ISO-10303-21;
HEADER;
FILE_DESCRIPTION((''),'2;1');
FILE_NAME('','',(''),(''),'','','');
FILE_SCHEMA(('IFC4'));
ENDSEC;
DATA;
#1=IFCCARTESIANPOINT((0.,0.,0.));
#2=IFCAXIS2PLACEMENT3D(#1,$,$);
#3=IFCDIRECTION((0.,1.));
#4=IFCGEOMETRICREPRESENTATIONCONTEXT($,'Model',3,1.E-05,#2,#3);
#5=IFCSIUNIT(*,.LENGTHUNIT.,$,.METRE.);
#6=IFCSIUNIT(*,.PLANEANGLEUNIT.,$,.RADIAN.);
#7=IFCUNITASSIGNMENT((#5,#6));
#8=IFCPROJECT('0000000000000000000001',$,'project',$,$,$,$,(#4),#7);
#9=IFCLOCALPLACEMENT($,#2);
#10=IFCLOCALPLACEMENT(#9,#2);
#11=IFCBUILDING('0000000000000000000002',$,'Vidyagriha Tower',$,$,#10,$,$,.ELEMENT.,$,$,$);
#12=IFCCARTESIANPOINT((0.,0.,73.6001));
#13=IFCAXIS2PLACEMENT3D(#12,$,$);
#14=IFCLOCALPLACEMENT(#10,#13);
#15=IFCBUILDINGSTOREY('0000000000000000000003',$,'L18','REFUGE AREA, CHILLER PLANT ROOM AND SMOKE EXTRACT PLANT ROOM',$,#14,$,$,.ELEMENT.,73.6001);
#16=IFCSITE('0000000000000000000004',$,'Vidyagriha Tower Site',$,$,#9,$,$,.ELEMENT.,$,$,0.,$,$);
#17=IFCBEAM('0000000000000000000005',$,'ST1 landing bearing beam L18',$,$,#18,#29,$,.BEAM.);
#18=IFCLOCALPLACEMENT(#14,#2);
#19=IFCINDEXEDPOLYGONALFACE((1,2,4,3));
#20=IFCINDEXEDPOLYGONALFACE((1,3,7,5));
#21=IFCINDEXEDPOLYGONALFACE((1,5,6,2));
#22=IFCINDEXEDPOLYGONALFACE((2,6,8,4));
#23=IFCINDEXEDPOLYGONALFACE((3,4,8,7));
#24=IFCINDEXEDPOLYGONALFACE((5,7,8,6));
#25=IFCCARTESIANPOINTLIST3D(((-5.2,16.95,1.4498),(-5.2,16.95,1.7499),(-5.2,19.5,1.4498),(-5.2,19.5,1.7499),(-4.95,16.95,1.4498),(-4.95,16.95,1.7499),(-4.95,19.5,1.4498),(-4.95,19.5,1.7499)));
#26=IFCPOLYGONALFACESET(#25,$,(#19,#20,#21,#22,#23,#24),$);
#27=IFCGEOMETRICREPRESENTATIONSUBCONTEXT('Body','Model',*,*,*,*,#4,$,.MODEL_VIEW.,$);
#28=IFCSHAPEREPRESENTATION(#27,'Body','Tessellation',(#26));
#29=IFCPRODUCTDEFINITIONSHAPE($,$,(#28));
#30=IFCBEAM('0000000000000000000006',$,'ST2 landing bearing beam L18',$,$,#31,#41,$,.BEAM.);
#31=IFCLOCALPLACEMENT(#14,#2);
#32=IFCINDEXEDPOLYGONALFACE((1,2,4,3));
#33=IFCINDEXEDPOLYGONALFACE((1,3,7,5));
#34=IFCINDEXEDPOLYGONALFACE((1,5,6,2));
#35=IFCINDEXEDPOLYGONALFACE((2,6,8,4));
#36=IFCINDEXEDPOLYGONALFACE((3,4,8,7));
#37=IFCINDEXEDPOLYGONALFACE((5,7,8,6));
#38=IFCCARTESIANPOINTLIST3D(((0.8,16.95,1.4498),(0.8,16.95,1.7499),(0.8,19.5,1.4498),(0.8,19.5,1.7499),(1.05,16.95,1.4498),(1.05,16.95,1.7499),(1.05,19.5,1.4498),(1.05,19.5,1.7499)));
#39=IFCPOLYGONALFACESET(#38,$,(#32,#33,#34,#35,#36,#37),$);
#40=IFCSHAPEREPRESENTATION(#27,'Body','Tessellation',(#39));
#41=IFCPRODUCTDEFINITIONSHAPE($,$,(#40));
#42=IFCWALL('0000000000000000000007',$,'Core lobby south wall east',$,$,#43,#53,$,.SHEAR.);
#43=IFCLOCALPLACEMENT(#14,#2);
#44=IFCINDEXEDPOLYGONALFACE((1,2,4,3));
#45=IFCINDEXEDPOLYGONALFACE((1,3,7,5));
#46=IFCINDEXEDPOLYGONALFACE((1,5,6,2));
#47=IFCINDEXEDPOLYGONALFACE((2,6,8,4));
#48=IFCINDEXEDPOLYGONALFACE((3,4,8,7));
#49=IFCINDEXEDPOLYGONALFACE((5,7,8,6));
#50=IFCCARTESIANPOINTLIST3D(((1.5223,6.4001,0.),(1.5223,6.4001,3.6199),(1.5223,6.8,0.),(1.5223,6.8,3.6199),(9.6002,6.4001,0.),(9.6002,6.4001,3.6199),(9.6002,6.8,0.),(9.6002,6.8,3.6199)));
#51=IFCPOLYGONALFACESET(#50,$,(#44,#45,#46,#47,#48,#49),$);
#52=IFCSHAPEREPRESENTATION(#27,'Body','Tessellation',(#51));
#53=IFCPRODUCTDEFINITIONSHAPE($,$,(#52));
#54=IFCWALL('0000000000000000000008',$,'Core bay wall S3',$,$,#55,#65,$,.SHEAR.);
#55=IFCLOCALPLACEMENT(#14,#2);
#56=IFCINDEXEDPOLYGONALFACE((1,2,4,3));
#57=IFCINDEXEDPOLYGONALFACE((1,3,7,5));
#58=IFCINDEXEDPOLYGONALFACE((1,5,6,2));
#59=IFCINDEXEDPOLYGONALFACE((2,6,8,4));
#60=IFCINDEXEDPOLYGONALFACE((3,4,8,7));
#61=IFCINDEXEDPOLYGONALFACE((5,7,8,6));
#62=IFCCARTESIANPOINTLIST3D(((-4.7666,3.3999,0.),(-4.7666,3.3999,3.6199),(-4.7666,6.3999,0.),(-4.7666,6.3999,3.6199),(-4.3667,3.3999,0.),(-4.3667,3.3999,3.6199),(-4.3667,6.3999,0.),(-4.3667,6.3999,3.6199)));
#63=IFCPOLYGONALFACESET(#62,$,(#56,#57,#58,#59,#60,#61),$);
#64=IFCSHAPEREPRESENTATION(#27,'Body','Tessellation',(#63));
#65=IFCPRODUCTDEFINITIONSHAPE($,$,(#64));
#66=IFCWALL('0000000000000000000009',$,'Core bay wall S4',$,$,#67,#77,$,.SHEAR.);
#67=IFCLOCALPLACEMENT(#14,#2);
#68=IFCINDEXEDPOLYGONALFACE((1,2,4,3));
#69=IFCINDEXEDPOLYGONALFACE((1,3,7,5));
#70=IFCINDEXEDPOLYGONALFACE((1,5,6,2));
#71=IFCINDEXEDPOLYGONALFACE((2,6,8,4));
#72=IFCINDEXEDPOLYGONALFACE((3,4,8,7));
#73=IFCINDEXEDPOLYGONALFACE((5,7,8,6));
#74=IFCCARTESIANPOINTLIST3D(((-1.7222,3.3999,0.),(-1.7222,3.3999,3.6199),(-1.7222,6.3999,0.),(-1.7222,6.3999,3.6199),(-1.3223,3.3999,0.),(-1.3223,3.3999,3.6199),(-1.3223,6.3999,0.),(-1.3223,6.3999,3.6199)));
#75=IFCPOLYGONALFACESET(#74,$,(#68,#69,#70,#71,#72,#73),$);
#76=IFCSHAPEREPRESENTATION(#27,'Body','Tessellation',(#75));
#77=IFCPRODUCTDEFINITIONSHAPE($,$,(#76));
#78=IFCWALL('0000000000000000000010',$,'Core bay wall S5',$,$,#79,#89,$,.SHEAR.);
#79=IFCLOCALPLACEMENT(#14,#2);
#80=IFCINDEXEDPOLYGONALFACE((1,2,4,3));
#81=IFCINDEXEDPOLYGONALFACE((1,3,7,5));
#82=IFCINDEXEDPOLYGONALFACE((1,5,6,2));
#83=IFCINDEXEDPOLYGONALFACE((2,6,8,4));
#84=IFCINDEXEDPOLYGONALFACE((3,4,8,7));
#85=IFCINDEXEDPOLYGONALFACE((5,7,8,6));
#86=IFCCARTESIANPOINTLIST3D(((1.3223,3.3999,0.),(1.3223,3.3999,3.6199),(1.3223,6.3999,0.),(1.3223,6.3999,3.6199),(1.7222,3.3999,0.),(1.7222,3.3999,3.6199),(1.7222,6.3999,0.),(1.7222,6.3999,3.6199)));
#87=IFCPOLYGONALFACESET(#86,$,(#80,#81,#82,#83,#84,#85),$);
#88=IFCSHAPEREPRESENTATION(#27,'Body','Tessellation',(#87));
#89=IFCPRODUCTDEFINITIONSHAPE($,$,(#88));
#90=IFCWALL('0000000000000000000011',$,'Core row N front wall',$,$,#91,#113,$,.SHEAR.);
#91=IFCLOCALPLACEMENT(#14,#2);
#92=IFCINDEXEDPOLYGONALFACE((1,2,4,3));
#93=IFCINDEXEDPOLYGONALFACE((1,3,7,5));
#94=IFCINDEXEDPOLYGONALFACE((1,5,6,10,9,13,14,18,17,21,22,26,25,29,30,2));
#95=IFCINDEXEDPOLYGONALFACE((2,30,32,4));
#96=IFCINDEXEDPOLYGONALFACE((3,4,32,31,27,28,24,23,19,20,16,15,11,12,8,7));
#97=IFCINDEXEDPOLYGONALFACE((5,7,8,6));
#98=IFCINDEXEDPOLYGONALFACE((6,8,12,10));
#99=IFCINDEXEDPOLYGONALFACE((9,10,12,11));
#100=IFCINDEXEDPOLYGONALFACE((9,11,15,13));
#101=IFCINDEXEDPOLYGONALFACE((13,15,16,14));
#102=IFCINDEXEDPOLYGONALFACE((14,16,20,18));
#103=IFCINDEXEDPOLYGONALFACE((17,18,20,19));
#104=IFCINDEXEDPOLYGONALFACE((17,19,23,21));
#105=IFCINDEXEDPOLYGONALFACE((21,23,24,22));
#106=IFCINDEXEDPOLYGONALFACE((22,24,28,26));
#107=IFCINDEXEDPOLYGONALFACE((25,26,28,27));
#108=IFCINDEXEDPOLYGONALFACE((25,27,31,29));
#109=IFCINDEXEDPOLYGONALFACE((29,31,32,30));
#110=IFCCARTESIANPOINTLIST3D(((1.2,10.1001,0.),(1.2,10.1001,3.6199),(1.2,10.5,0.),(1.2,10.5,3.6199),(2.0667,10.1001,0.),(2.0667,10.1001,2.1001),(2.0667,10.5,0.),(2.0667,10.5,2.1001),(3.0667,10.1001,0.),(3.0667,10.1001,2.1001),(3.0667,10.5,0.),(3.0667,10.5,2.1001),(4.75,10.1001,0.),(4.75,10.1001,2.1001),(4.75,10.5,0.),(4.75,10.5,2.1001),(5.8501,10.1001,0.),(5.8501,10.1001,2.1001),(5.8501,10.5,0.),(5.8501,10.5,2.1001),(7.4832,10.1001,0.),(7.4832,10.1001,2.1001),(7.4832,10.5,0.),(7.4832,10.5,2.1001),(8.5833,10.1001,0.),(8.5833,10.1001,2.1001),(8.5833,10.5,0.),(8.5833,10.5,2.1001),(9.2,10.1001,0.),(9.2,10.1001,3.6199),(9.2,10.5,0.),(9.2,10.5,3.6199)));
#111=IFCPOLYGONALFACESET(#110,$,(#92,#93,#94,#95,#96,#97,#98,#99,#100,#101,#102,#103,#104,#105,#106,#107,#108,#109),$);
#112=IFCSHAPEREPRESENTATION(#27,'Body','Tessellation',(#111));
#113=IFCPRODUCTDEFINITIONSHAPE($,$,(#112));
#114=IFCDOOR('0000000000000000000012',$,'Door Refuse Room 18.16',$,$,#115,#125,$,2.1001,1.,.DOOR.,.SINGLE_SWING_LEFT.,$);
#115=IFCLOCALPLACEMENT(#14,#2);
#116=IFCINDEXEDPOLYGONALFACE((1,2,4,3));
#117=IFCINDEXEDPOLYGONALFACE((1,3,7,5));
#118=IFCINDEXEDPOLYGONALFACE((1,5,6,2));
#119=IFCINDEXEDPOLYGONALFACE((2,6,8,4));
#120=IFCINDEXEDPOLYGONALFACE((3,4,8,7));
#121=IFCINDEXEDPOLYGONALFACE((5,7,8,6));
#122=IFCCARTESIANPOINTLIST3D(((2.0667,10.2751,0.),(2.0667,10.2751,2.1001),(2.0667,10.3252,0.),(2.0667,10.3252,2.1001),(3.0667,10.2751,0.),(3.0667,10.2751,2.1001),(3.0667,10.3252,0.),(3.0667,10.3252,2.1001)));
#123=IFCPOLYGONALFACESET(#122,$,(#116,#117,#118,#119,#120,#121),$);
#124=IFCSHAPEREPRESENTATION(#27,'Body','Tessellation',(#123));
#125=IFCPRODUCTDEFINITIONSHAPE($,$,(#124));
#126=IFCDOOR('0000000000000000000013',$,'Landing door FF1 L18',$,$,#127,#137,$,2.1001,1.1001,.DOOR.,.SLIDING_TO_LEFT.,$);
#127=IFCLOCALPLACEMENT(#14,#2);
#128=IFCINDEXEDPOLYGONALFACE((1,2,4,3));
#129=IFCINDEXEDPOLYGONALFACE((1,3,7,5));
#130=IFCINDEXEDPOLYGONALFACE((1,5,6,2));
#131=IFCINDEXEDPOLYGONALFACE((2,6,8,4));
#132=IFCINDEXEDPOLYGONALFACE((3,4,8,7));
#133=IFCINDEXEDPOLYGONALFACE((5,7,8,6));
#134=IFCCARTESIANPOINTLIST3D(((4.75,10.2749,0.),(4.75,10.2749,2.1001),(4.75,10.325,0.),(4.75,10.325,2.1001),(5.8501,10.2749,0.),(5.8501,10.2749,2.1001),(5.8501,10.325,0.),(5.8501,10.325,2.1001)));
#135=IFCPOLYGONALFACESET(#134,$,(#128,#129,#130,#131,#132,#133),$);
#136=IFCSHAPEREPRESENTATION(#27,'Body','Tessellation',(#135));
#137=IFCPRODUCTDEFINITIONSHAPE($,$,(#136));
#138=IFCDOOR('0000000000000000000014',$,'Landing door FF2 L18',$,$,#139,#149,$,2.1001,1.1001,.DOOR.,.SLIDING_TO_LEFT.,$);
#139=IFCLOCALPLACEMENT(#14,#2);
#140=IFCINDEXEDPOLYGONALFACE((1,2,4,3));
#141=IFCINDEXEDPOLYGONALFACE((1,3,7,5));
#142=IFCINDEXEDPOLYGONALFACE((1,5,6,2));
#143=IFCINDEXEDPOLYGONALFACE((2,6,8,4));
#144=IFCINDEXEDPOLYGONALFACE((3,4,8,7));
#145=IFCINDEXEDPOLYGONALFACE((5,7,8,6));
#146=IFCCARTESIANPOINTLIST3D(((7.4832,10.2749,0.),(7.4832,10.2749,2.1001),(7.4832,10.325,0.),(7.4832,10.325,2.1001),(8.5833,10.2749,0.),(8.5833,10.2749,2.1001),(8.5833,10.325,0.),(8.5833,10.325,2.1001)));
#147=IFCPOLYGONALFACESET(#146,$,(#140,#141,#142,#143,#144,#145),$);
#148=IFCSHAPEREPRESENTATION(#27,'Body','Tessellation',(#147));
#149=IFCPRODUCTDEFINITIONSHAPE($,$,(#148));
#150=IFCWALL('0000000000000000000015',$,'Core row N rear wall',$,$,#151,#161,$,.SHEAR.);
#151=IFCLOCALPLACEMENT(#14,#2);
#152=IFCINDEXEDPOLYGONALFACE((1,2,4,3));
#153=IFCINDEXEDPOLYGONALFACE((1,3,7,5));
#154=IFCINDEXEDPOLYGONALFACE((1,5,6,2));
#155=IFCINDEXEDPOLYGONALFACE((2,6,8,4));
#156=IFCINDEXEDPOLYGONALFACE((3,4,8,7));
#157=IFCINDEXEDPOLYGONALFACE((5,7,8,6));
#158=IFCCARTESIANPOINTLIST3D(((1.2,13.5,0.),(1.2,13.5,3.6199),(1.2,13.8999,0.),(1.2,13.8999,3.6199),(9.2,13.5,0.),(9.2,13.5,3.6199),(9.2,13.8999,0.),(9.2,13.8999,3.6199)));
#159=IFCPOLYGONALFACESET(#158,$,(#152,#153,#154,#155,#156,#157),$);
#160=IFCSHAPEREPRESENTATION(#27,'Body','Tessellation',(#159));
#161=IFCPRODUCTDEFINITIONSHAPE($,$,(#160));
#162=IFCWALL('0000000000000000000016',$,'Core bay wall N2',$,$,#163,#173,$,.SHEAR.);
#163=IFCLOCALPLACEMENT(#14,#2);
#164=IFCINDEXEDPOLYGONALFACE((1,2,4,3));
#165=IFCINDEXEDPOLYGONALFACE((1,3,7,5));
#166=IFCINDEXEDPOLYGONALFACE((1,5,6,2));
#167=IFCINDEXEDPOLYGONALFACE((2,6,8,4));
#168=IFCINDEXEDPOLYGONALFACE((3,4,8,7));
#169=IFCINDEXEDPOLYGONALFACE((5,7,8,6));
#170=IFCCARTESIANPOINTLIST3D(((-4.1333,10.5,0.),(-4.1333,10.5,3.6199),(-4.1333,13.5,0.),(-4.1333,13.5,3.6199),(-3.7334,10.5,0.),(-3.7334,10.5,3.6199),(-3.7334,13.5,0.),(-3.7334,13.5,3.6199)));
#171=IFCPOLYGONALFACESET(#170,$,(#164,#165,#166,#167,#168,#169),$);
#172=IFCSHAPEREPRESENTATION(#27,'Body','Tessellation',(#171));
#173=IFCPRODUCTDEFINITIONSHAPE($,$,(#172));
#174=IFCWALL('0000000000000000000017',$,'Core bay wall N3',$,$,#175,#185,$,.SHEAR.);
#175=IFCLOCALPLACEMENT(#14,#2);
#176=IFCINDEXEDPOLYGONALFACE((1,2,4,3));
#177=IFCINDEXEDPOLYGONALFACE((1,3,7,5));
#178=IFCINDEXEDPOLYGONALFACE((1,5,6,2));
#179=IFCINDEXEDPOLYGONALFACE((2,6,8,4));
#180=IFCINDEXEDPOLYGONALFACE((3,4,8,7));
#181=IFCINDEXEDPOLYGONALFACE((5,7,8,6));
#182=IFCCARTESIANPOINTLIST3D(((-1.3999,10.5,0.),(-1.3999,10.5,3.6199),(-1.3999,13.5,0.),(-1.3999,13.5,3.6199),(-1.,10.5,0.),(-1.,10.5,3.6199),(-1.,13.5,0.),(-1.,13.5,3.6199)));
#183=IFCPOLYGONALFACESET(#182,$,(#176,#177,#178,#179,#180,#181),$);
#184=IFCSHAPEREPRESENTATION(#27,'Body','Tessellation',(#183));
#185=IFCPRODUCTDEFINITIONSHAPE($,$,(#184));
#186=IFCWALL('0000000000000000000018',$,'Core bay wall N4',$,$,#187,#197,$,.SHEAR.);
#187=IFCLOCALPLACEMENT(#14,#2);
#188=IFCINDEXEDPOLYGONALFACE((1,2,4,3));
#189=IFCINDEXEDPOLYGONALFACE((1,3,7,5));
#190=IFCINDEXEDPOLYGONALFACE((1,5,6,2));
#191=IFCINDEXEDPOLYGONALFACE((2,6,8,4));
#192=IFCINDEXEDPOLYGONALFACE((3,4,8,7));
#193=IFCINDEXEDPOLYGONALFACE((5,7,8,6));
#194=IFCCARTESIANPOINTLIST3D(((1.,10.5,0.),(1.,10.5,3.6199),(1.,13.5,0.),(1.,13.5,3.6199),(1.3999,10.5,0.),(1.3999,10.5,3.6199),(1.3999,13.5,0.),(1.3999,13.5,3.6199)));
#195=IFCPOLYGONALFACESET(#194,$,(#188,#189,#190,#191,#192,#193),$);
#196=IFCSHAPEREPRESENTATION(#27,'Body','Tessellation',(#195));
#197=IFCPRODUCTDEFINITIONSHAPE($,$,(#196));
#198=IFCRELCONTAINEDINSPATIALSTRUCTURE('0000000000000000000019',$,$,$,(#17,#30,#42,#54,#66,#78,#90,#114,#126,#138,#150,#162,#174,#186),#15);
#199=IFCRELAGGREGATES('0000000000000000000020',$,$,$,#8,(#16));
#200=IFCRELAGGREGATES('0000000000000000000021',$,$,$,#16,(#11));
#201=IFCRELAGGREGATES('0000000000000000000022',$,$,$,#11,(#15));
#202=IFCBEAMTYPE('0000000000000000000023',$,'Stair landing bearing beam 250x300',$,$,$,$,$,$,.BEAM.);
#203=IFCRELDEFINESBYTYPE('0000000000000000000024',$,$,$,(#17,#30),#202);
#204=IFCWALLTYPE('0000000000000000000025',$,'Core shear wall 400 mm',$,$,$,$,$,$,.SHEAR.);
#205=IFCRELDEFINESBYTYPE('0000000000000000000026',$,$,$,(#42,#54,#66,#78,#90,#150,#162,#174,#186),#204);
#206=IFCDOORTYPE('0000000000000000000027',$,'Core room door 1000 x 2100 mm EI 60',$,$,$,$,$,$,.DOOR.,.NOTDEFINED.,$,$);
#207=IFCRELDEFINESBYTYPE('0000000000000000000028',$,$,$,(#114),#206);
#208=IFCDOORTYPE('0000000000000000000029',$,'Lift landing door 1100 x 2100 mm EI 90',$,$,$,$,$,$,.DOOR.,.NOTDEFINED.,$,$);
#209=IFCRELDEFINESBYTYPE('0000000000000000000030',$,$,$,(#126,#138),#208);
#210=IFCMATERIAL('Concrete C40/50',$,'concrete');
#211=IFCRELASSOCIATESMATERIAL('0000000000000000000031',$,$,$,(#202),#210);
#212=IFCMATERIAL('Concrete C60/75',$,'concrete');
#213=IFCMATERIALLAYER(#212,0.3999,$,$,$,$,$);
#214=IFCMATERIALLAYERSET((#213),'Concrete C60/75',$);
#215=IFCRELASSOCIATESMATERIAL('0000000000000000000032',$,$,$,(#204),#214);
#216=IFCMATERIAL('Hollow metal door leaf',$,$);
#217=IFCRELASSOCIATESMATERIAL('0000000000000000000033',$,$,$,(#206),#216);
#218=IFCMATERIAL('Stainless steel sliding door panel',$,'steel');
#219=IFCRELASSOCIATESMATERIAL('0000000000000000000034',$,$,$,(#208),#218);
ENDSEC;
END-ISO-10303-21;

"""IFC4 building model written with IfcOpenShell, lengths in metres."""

from ifc_helpers import new_model, si_unit, direction, frame, frame_2d, origin, origin_2d, place, context, subcontext, project, spatial, rectangle, extrude, material, layer, layer_set, material_profile, profile_set, type_object, element, fill, save


model = new_model("IFC4")

# Units and contexts
model_context = context("Model", 3, precision=1e-05, world=origin(), true_north=direction((0.0, 1.0)))
body_context = subcontext(model_context, "Body", "Model", "MODEL_VIEW")
ifc_project = project(units=[si_unit("LENGTHUNIT", "METRE"), si_unit("PLANEANGLEUNIT", "RADIAN")], contexts=[model_context])

# Site, building, storey
site_placement = place(None, origin())
site = spatial("IfcSite", under=ifc_project, at=site_placement, Name="Vidyagriha Tower Site", CompositionType="ELEMENT", RefElevation=0.0)
building_placement = place(site_placement, origin())
building = spatial("IfcBuilding", under=site, at=building_placement, Name="Vidyagriha Tower", CompositionType="ELEMENT")
storey_placement = place(building_placement, frame((0.0, 0.0, 73.6001)))
storey = spatial("IfcBuildingStorey", under=building, at=storey_placement, Name="L18", Description="REFUGE AREA, CHILLER PLANT ROOM AND SMOKE EXTRACT PLANT ROOM", CompositionType="ELEMENT", Elevation=73.6001)

# Beams
ifc_material_1 = material(Name="Concrete C40/50", Category="concrete")
ifc_material_profile = material_profile(ifc_material_1, rectangle(XDim=0.25, YDim=0.3, at=origin_2d()), Name="Stair landing bearing beam 250x300")
ifc_profile_set = profile_set([ifc_material_profile], Name="Concrete C40/50")
beam_type = type_object("IfcBeamType", Name="Stair landing bearing beam 250x300", PredefinedType="BEAM", material=ifc_profile_set)
for number, where, z_axis, x_axis, name in (
    (1, (-5.075, 16.95, 1.5999), (0.0, 1.0, 0.0), (-1.0, 0.0, 0.0), "ST1 landing bearing beam L18"),
    (2, (0.925, 16.95, 1.5999), (0.0, 1.0, 0.0), (-1.0, 0.0, 0.0), "ST2 landing bearing beam L18"),
):
    element("IfcBeam", number, at=place(storey_placement, frame(where, z_axis=z_axis, x_axis=x_axis)), inside=storey, type_object=beam_type, Name=name, PredefinedType="BEAM", context=body_context, shape_type="SweptSolid", body=[
        extrude(rectangle(XDim=0.25, YDim=0.3, at=origin_2d()), origin(), (0.0, 0.0, 1.0), 2.55),
    ])

# Walls
ifc_material_2 = material(Name="Concrete C60/75", Category="concrete")
ifc_layer_1 = layer(ifc_material_2, 0.3999)
ifc_layer_set_1 = layer_set([ifc_layer_1], Name="Concrete C60/75")
wall_type_1 = type_object("IfcWallType", Name="Core shear wall 400 mm", PredefinedType="SHEAR", material=ifc_layer_set_1)
wall_1_placement = place(storey_placement, frame((1.5222, 6.6001, 0.0)))
element("IfcWall", 3, at=wall_1_placement, inside=storey, type_object=wall_type_1, Name="Core lobby south wall east", PredefinedType="SHEAR", context=body_context, shape_type="SweptSolid", body=[
    extrude(rectangle(XDim=8.0779, YDim=0.3999, at=frame_2d((4.0391, 0.0))), origin(), (0.0, 0.0, 1.0), 3.6199),
])
for number, where, z_axis, x_axis, name in (
    (4, (-4.5667, 3.3999, 0.0), (0.0, 0.0, 1.0), (0.0, 1.0, 0.0), "Core bay wall S3"),
    (5, (-1.5222, 3.3999, 0.0), (0.0, 0.0, 1.0), (0.0, 1.0, 0.0), "Core bay wall S4"),
    (6, (1.5222, 3.3999, 0.0), (0.0, 0.0, 1.0), (0.0, 1.0, 0.0), "Core bay wall S5"),
):
    element("IfcWall", number, at=place(storey_placement, frame(where, z_axis=z_axis, x_axis=x_axis)), inside=storey, type_object=wall_type_1, Name=name, PredefinedType="SHEAR", context=body_context, shape_type="SweptSolid", body=[
        extrude(rectangle(XDim=3.0, YDim=0.3999, at=frame_2d((1.5, 0.0))), origin(), (0.0, 0.0, 1.0), 3.6199),
    ])

# Wall, openings, doors
wall_2_placement = place(storey_placement, frame((1.2, 10.3, 0.0)))
wall_2 = element("IfcWall", 7, at=wall_2_placement, inside=storey, type_object=wall_type_1, Name="Core row N front wall", PredefinedType="SHEAR", context=body_context, shape_type="SweptSolid", body=[
    extrude(rectangle(XDim=8.0, YDim=0.3999, at=frame_2d((4.0, 0.0))), origin(), (0.0, 0.0, 1.0), 3.6199),
])
opening_1_placement = place(wall_2_placement, frame((3.55, 0.0, 0.0)))
opening_1 = element("IfcOpeningElement", 8, at=opening_1_placement, cuts=wall_2, PredefinedType="OPENING", context=body_context, shape_type="SweptSolid", body=[
    extrude(rectangle(XDim=1.1001, YDim=2.1001, at=frame_2d((0.55, 1.05))), frame((0.0, 0.21, 0.0), z_axis=(0.0, -1.0, 0.0), x_axis=(1.0, 0.0, 0.0)), (0.0, 0.0, 1.0), 0.4199),
])
opening_2_placement = place(wall_2_placement, frame((6.2832, 0.0, 0.0)))
opening_2 = element("IfcOpeningElement", 9, at=opening_2_placement, cuts=wall_2, PredefinedType="OPENING", context=body_context, shape_type="SweptSolid", body=[
    extrude(rectangle(XDim=1.1001, YDim=2.1001, at=frame_2d((0.55, 1.05))), frame((0.0, 0.21, 0.0), z_axis=(0.0, -1.0, 0.0), x_axis=(1.0, 0.0, 0.0)), (0.0, 0.0, 1.0), 0.4199),
])
opening_3_placement = place(wall_2_placement, frame((0.8667, 0.0, 0.0)))
opening_3 = element("IfcOpeningElement", 10, at=opening_3_placement, cuts=wall_2, PredefinedType="OPENING", context=body_context, shape_type="SweptSolid", body=[
    extrude(rectangle(XDim=1.0, YDim=2.1001, at=frame_2d((0.5, 1.05))), frame((0.0, 0.21, 0.0), z_axis=(0.0, -1.0, 0.0), x_axis=(1.0, 0.0, 0.0)), (0.0, 0.0, 1.0), 0.4199),
])
ifc_material_3 = material(Name="Hollow metal door leaf")
door_type_1 = type_object("IfcDoorType", Name="Core room door 1000 x 2100 mm EI 60", OperationType="NOTDEFINED", PredefinedType="DOOR", material=ifc_material_3)
door_1_placement = place(opening_3_placement, frame((1.0, 0.0, 0.0), z_axis=(0.0, 0.0, 1.0), x_axis=(-1.0, 0.0, 0.0)))
door_1 = element("IfcDoor", 11, at=door_1_placement, inside=storey, type_object=door_type_1, Name="Door Refuse Room 18.16", OperationType="SINGLE_SWING_LEFT", OverallHeight=2.1001, OverallWidth=1.0, PredefinedType="DOOR", context=body_context, shape_type="SweptSolid", body=[
    extrude(rectangle(XDim=1.0, YDim=2.1001, at=frame_2d((0.5, 1.05))), frame((0.0, 0.0249, 0.0), z_axis=(0.0, -1.0, 0.0), x_axis=(1.0, 0.0, 0.0)), (0.0, 0.0, 1.0), 0.05),
])
fill(opening_3, door_1)
ifc_material_4 = material(Name="Stainless steel sliding door panel", Category="steel")
door_type_2 = type_object("IfcDoorType", Name="Lift landing door 1100 x 2100 mm EI 90", OperationType="NOTDEFINED", PredefinedType="DOOR", material=ifc_material_4)
door_2_placement = place(opening_1_placement, origin())
door_2 = element("IfcDoor", 12, at=door_2_placement, inside=storey, type_object=door_type_2, Name="Landing door FF1 L18", OperationType="SLIDING_TO_LEFT", OverallHeight=2.1001, OverallWidth=1.1001, PredefinedType="DOOR", context=body_context, shape_type="SweptSolid", body=[
    extrude(rectangle(XDim=1.1001, YDim=2.1001, at=frame_2d((0.55, 1.05))), frame((0.0, 0.0249, 0.0), z_axis=(0.0, -1.0, 0.0), x_axis=(1.0, 0.0, 0.0)), (0.0, 0.0, 1.0), 0.05),
])
fill(opening_1, door_2)
door_3_placement = place(opening_2_placement, origin())
door_3 = element("IfcDoor", 13, at=door_3_placement, inside=storey, type_object=door_type_2, Name="Landing door FF2 L18", OperationType="SLIDING_TO_LEFT", OverallHeight=2.1001, OverallWidth=1.1001, PredefinedType="DOOR", context=body_context, shape_type="SweptSolid", body=[
    extrude(rectangle(XDim=1.1001, YDim=2.1001, at=frame_2d((0.55, 1.05))), frame((0.0, 0.0249, 0.0), z_axis=(0.0, -1.0, 0.0), x_axis=(1.0, 0.0, 0.0)), (0.0, 0.0, 1.0), 0.05),
])
fill(opening_2, door_3)

# Walls
wall_3_placement = place(storey_placement, frame((1.2, 13.7, 0.0)))
element("IfcWall", 14, at=wall_3_placement, inside=storey, type_object=wall_type_1, Name="Core row N rear wall", PredefinedType="SHEAR", context=body_context, shape_type="SweptSolid", body=[
    extrude(rectangle(XDim=8.0, YDim=0.3999, at=frame_2d((4.0, 0.0))), origin(), (0.0, 0.0, 1.0), 3.6199),
])
for number, where, z_axis, x_axis, name in (
    (15, (-3.9333, 10.5, 0.0), (0.0, 0.0, 1.0), (0.0, 1.0, 0.0), "Core bay wall N2"),
    (16, (-1.2, 10.5, 0.0), (0.0, 0.0, 1.0), (0.0, 1.0, 0.0), "Core bay wall N3"),
    (17, (1.2, 10.5, 0.0), (0.0, 0.0, 1.0), (0.0, 1.0, 0.0), "Core bay wall N4"),
):
    element("IfcWall", number, at=place(storey_placement, frame(where, z_axis=z_axis, x_axis=x_axis)), inside=storey, type_object=wall_type_1, Name=name, PredefinedType="SHEAR", context=body_context, shape_type="SweptSolid", body=[
        extrude(rectangle(XDim=3.0, YDim=0.3999, at=frame_2d((1.5, 0.0))), origin(), (0.0, 0.0, 1.0), 3.6199),
    ])

save(model, "model.ifc")
